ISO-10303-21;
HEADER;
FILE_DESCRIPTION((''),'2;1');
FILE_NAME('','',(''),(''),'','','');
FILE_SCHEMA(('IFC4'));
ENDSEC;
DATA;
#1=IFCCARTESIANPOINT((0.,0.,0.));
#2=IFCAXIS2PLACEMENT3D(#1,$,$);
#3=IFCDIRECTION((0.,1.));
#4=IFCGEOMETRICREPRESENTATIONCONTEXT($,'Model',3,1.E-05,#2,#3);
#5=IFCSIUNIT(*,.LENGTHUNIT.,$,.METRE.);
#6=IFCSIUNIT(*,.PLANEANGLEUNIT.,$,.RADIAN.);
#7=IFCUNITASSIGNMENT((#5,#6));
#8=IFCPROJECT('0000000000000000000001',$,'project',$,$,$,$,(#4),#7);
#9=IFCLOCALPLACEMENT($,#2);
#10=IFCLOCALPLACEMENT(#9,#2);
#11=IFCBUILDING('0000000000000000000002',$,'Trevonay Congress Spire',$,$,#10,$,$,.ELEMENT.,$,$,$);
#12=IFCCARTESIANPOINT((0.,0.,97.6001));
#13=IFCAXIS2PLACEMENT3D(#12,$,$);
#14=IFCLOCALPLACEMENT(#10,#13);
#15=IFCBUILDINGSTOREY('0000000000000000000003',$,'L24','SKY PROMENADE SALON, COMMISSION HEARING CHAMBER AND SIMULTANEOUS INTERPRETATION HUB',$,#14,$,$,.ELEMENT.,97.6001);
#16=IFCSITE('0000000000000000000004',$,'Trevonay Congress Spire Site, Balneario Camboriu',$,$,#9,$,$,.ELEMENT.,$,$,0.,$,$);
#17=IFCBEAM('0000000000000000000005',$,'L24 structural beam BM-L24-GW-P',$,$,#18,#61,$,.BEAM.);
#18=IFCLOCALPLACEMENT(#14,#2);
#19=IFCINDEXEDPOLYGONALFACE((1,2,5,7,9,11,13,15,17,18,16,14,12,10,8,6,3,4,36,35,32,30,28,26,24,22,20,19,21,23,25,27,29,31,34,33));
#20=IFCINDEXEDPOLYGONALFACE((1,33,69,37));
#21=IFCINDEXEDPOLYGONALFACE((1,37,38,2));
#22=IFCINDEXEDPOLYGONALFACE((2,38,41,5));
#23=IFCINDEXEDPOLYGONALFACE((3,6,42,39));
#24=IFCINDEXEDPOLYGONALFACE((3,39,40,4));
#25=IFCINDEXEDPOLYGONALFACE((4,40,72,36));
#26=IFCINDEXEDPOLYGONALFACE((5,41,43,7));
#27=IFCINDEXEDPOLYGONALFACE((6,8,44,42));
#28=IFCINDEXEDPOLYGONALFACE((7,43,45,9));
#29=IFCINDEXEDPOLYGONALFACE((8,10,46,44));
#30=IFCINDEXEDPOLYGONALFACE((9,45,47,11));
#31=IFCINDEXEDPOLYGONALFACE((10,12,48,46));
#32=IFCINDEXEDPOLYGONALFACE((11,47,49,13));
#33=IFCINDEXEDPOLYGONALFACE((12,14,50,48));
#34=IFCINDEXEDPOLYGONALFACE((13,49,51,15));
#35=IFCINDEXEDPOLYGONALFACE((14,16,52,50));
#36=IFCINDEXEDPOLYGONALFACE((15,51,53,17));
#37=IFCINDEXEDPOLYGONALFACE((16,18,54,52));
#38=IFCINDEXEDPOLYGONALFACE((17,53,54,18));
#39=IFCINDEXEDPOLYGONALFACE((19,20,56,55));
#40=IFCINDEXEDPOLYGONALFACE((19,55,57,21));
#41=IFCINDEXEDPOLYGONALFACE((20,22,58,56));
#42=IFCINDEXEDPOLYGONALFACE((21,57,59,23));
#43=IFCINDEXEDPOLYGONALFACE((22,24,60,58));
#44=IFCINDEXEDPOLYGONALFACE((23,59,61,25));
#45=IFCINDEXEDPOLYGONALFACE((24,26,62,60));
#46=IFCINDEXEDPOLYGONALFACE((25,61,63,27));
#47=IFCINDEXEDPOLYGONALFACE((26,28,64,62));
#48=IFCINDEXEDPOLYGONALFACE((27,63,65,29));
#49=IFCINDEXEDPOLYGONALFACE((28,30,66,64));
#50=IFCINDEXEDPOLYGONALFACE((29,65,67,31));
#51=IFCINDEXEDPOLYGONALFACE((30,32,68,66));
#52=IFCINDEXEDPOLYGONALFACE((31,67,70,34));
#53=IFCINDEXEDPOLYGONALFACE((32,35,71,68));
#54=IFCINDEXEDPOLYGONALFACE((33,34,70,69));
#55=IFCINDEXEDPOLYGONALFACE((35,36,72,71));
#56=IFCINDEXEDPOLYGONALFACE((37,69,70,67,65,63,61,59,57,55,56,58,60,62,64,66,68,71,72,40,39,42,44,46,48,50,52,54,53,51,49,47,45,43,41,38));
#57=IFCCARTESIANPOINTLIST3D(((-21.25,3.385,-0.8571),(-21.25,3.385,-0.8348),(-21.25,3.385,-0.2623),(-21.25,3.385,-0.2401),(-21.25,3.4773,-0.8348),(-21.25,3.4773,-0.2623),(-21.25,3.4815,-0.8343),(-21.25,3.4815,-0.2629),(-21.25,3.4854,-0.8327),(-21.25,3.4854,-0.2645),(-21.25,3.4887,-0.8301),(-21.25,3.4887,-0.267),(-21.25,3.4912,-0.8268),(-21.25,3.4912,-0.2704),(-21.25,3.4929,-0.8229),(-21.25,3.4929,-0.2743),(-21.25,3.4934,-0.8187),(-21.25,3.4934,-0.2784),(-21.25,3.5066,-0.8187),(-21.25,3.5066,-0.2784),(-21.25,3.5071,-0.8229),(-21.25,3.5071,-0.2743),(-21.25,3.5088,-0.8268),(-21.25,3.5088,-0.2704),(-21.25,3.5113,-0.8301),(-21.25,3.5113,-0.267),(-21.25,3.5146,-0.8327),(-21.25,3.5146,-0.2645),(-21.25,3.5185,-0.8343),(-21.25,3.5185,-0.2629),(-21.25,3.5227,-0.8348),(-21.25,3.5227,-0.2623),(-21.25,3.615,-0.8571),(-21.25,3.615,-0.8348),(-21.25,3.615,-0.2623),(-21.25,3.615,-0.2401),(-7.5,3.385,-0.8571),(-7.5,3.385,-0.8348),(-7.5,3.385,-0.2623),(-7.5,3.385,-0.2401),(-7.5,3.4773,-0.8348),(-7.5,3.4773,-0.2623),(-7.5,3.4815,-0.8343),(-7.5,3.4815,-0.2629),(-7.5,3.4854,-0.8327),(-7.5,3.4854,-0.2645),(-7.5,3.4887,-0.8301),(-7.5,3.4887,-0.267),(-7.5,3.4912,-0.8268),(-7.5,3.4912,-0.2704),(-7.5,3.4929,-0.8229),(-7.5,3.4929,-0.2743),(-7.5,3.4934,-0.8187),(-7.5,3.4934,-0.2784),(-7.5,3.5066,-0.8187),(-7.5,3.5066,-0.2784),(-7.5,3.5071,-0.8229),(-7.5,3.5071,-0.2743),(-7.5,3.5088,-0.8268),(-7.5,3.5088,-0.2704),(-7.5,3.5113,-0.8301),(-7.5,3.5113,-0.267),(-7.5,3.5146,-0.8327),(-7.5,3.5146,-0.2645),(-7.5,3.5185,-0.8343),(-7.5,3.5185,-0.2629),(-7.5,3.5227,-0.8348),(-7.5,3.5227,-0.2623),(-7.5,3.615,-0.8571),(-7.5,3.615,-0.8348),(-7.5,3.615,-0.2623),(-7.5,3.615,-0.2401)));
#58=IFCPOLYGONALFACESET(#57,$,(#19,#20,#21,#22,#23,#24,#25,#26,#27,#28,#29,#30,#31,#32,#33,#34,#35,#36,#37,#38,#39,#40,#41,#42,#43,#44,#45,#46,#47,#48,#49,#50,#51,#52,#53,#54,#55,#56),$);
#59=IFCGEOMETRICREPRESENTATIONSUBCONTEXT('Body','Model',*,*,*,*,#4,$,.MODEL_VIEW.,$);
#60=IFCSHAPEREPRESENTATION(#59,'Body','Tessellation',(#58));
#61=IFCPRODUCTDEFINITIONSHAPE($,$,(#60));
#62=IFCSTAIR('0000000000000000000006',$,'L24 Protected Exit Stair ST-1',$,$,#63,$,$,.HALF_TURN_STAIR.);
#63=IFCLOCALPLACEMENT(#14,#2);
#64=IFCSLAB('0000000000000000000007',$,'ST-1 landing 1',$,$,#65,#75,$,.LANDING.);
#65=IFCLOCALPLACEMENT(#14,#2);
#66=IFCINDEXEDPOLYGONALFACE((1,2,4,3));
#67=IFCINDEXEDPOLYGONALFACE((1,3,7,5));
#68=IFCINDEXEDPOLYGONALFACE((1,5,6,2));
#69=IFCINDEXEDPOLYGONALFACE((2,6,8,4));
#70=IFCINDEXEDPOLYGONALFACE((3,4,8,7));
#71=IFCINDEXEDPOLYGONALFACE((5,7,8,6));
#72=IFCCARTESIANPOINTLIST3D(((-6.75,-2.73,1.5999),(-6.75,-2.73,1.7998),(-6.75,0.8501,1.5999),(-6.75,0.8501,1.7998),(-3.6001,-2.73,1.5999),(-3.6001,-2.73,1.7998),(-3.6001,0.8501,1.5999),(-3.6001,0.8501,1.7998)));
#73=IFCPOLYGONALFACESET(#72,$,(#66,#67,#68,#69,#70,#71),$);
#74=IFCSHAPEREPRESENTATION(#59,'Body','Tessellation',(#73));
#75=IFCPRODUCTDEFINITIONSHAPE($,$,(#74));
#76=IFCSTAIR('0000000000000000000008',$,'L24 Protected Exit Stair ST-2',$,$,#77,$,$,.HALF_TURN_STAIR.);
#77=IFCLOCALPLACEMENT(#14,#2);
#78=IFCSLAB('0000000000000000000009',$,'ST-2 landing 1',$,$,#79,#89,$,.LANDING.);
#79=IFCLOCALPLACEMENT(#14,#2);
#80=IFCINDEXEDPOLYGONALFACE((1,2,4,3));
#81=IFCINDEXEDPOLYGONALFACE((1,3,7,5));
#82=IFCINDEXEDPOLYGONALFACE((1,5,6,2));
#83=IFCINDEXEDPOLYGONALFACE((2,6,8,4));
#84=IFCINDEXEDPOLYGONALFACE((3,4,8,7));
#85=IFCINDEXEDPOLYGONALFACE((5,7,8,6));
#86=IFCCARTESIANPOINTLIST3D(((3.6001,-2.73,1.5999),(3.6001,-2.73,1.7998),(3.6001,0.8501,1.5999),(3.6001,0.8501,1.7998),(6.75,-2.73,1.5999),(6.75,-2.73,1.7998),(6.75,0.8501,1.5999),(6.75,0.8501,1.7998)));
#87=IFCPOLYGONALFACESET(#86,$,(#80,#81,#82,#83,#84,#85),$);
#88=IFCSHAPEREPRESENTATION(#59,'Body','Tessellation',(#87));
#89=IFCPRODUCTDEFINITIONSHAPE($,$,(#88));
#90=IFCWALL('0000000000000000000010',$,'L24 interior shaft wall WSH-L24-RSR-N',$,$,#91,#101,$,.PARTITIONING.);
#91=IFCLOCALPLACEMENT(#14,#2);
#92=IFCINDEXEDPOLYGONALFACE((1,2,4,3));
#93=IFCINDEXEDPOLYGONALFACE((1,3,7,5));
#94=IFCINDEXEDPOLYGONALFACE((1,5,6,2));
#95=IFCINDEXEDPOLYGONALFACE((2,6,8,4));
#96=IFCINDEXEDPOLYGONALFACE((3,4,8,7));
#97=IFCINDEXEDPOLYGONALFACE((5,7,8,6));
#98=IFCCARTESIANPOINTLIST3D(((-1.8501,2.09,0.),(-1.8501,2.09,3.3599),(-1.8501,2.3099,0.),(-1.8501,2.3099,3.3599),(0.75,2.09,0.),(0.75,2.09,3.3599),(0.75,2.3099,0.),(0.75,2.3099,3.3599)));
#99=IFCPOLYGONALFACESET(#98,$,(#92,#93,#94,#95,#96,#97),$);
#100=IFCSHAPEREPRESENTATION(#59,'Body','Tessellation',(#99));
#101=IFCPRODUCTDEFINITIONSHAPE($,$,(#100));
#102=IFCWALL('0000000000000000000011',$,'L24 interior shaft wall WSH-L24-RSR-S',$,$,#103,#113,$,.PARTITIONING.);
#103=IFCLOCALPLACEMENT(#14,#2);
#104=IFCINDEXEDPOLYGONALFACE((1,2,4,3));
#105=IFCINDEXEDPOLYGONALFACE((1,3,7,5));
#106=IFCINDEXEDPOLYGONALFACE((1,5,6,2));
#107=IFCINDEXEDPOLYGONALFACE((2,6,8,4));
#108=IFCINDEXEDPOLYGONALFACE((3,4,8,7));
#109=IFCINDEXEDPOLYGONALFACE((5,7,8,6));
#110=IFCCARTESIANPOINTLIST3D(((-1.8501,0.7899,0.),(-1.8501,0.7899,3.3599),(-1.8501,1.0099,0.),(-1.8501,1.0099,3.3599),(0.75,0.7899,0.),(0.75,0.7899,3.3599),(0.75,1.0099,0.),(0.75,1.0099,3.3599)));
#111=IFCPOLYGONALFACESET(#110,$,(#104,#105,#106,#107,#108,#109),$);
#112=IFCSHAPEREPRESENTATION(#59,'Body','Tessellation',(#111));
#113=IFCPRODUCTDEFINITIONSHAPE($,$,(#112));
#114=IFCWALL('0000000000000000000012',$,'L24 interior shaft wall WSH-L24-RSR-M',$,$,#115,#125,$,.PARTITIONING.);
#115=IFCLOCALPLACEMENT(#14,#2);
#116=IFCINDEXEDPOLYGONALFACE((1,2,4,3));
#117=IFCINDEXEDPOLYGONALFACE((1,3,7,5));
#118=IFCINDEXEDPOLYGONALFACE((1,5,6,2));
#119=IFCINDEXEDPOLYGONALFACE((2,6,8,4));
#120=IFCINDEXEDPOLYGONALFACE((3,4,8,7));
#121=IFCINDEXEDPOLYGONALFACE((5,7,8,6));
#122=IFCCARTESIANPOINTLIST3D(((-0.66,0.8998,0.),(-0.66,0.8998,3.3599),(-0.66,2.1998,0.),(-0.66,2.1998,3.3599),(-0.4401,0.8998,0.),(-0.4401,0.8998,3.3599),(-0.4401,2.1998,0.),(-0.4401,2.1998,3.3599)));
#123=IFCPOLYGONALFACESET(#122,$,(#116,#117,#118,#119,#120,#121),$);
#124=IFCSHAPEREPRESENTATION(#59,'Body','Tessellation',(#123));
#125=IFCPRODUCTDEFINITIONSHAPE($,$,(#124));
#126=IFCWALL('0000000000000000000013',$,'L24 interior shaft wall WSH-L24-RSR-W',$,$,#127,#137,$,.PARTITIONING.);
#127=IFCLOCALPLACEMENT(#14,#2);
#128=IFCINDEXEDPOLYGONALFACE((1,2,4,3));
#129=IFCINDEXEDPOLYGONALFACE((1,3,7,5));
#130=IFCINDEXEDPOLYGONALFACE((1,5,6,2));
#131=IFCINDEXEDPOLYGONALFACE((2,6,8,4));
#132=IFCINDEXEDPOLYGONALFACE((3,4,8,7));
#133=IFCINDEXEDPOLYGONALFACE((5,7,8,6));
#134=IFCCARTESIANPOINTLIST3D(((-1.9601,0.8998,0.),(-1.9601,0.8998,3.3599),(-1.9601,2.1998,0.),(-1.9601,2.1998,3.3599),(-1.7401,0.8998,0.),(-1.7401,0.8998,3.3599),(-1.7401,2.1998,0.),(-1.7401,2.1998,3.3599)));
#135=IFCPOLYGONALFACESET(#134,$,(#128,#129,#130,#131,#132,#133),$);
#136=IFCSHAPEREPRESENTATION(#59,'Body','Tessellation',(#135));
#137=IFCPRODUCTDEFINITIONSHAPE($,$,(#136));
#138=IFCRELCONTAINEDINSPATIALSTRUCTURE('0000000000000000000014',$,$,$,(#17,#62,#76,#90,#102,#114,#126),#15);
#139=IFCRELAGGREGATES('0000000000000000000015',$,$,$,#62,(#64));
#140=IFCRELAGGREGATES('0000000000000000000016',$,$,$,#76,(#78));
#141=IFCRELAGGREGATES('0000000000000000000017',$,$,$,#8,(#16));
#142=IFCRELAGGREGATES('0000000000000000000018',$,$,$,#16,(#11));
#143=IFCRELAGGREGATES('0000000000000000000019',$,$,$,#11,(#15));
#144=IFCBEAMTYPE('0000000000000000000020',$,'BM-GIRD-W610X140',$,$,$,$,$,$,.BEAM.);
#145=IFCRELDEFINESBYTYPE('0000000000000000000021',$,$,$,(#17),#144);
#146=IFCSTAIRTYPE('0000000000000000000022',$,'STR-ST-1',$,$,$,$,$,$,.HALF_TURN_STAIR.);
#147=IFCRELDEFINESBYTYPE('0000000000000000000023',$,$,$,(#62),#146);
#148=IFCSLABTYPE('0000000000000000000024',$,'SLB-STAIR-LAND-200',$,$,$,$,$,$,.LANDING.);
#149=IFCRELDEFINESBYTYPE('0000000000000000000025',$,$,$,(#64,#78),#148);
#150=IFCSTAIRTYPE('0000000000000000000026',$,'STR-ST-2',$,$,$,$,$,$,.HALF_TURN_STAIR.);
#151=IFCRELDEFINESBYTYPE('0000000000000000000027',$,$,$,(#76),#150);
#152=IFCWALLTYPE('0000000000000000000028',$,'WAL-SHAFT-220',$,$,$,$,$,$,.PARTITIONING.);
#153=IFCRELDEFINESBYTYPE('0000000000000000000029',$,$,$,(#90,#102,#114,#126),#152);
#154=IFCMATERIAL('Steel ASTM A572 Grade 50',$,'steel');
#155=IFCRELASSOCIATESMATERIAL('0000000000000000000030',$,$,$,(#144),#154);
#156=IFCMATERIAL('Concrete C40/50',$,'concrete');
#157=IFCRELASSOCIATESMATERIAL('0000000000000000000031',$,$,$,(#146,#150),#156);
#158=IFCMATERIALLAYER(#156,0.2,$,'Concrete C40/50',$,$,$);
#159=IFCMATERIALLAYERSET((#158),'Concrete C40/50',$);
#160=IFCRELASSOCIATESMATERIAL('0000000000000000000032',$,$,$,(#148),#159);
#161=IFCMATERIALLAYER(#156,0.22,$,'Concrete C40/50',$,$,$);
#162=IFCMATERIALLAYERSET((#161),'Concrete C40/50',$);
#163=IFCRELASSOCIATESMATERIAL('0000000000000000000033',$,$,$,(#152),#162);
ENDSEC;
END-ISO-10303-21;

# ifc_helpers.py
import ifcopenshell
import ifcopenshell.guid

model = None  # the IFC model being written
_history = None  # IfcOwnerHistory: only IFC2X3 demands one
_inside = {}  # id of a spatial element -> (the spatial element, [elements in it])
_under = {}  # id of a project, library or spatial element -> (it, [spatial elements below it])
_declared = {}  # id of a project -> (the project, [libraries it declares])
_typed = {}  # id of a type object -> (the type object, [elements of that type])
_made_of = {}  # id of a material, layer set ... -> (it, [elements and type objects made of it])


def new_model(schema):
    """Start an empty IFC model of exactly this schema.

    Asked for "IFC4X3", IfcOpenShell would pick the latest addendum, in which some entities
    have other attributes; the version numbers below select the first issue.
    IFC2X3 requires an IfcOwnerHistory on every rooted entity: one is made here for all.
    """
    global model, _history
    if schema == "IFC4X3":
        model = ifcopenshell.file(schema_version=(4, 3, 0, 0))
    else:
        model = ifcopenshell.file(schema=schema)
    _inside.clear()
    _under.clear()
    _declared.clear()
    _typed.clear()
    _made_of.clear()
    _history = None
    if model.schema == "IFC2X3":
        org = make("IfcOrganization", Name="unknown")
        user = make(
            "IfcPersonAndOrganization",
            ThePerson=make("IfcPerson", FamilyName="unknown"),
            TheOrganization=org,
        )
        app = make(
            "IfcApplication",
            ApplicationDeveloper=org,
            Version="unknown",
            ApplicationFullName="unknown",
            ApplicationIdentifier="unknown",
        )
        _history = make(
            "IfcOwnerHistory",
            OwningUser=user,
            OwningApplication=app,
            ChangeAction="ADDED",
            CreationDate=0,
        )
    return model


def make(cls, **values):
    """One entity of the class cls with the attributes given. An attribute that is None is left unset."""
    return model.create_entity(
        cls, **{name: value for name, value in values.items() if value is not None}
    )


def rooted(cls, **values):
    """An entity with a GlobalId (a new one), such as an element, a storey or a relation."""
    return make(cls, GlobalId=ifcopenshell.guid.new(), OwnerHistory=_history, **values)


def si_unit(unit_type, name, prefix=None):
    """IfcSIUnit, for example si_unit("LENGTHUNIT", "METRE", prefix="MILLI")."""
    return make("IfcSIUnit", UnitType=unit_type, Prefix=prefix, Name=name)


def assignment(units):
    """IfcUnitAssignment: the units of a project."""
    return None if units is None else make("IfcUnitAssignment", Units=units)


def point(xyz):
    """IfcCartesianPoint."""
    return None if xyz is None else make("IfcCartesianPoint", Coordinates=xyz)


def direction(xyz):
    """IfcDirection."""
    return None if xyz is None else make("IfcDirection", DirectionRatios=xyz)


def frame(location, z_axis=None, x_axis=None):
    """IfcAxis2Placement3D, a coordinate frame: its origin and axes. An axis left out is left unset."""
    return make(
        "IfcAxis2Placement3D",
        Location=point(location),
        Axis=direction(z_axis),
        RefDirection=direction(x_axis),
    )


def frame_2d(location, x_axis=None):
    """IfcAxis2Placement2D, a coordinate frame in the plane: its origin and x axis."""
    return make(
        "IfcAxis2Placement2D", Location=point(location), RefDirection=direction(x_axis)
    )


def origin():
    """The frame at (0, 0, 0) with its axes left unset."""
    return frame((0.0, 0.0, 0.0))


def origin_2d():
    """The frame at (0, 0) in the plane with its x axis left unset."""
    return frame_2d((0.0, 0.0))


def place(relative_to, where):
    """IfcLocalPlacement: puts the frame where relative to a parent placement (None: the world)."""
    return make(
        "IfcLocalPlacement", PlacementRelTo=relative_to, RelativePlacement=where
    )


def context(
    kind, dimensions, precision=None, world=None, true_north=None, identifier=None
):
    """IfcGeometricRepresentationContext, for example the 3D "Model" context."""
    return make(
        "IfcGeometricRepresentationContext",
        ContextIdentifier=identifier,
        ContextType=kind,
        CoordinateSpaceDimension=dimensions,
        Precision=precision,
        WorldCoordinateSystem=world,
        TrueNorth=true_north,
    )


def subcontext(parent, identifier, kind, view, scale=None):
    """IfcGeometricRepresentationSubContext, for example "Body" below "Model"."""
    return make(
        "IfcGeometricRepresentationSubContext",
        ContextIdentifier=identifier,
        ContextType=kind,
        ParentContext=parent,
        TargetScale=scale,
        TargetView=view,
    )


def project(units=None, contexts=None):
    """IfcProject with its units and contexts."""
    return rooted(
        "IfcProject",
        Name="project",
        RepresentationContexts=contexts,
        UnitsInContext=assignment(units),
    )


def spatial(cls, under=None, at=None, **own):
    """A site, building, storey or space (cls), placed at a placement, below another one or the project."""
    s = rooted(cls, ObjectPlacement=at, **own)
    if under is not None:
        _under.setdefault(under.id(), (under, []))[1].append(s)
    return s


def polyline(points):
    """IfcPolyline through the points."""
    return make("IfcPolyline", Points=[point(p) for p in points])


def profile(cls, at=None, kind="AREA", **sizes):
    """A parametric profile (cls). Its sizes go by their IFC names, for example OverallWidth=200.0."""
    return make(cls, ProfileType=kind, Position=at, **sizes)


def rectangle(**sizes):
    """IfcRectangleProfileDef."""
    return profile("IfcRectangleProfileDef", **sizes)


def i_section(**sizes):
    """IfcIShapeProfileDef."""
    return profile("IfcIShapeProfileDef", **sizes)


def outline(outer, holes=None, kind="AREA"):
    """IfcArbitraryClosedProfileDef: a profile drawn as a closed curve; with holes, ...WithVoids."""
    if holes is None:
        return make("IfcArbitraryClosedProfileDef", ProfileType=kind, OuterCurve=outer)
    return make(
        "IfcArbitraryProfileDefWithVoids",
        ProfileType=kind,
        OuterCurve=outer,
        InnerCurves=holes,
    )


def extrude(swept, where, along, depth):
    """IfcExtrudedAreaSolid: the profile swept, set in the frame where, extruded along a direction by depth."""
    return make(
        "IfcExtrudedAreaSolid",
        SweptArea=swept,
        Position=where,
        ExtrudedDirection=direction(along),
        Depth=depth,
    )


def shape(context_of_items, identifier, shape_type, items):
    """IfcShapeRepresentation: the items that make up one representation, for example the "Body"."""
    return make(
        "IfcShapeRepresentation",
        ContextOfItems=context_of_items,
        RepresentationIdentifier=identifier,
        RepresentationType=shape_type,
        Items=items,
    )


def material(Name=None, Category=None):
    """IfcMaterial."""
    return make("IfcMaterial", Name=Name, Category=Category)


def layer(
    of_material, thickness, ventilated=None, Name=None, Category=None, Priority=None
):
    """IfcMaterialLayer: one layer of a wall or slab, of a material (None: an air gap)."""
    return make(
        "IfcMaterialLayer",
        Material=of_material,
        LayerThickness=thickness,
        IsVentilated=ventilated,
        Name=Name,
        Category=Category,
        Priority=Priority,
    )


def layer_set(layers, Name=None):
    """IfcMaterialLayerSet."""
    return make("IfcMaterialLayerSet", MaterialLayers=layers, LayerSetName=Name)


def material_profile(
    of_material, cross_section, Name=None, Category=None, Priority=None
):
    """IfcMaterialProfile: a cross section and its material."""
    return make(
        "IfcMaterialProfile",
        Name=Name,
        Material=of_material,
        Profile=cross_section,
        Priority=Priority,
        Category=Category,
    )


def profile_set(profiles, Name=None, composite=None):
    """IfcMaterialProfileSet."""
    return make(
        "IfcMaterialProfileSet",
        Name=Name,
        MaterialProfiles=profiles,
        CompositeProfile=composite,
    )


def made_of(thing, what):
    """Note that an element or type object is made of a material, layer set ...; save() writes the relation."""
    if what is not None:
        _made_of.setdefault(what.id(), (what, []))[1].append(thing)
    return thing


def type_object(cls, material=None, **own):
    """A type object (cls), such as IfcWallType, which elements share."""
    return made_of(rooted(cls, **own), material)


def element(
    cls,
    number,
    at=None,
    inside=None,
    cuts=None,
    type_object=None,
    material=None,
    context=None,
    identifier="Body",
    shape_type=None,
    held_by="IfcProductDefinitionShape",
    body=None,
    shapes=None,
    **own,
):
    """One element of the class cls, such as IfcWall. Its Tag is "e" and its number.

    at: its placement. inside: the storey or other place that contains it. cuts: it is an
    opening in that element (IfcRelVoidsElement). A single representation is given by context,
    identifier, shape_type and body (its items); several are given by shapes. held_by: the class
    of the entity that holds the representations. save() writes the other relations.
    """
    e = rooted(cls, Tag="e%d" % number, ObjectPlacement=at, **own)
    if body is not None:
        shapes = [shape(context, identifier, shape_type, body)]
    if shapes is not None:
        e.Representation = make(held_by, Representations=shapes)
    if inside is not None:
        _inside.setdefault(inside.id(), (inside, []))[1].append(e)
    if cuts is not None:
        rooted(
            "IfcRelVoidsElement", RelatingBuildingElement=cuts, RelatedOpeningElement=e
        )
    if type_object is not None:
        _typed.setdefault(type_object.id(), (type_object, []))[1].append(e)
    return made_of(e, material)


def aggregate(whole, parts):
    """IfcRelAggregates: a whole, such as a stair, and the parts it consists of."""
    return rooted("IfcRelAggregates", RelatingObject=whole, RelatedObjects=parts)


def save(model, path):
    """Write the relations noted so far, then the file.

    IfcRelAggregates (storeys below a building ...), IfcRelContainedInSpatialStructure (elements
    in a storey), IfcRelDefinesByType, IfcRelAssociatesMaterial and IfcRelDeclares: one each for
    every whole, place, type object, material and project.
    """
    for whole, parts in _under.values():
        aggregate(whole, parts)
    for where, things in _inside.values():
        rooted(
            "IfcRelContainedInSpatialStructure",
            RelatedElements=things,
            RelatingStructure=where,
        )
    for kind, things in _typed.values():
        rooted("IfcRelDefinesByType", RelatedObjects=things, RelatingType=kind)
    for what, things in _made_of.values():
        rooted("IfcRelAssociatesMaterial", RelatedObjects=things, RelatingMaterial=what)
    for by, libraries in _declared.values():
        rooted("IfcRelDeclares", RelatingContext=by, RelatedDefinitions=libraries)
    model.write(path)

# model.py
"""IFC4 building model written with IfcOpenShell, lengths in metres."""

from ifc_helpers import new_model, si_unit, direction, frame, frame_2d, origin, origin_2d, place, context, subcontext, project, spatial, polyline, rectangle, i_section, outline, extrude, material, layer, layer_set, material_profile, profile_set, type_object, element, aggregate, save


model = new_model("IFC4")

# Units and contexts
model_context = context("Model", 3, precision=1e-05, world=origin(), true_north=direction((0.0, 1.0)))
body_context = subcontext(model_context, "Body", "Model", "MODEL_VIEW")
ifc_project = project(units=[si_unit("LENGTHUNIT", "METRE"), si_unit("PLANEANGLEUNIT", "RADIAN")], contexts=[model_context])

# Site, building, storey
site_placement = place(None, origin())
site = spatial("IfcSite", under=ifc_project, at=site_placement, Name="Trevonay Congress Spire Site, Balneario Camboriu", CompositionType="ELEMENT", RefElevation=0.0)
building_placement = place(site_placement, origin())
building = spatial("IfcBuilding", under=site, at=building_placement, Name="Trevonay Congress Spire", CompositionType="ELEMENT")
storey_placement = place(building_placement, frame((0.0, 0.0, 97.6001)))
storey = spatial("IfcBuildingStorey", under=building, at=storey_placement, Name="L24", Description="SKY PROMENADE SALON, COMMISSION HEARING CHAMBER AND SIMULTANEOUS INTERPRETATION HUB", CompositionType="ELEMENT", Elevation=97.6001)

# Beam
ifc_material_1 = material(Name="Steel ASTM A572 Grade 50", Category="steel")
ifc_material_profile = material_profile(ifc_material_1, i_section(OverallWidth=0.23, OverallDepth=0.6169, WebThickness=0.0132, FlangeThickness=0.0222, FilletRadius=0.0161, at=origin_2d()), Name="W610x140")
ifc_profile_set = profile_set([ifc_material_profile], Name="Steel ASTM A572 Grade 50")
beam_type = type_object("IfcBeamType", Name="BM-GIRD-W610X140", PredefinedType="BEAM", material=ifc_profile_set)
beam_placement = place(storey_placement, frame((-7.5, 3.5, -0.5486), z_axis=(-1.0, 0.0, 0.0), x_axis=(0.0, -1.0, 0.0)))
element("IfcBeam", 1, at=beam_placement, inside=storey, type_object=beam_type, Name="L24 structural beam BM-L24-GW-P", PredefinedType="BEAM", context=body_context, shape_type="SweptSolid", body=[
    extrude(i_section(OverallWidth=0.23, OverallDepth=0.6169, WebThickness=0.0132, FlangeThickness=0.0222, FilletRadius=0.0161, at=origin_2d()), origin(), (0.0, 0.0, 1.0), 13.75),
])

# Stairs, slabs
ifc_material_2 = material(Name="Concrete C40/50", Category="concrete")
stair_type_1 = type_object("IfcStairType", Name="STR-ST-1", PredefinedType="HALF_TURN_STAIR", material=ifc_material_2)
stair_1_placement = place(storey_placement, origin())
stair_1 = element("IfcStair", 2, at=stair_1_placement, inside=storey, type_object=stair_type_1, Name="L24 Protected Exit Stair ST-1", PredefinedType="HALF_TURN_STAIR")
ifc_layer_1 = layer(ifc_material_2, 0.2, Name="Concrete C40/50")
ifc_layer_set_1 = layer_set([ifc_layer_1], Name="Concrete C40/50")
slab_type = type_object("IfcSlabType", Name="SLB-STAIR-LAND-200", PredefinedType="LANDING", material=ifc_layer_set_1)
slab_1_placement = place(storey_placement, frame((0.0, 0.0, 1.5999)))
slab_1 = element("IfcSlab", 3, at=slab_1_placement, type_object=slab_type, Name="ST-1 landing 1", PredefinedType="LANDING", context=body_context, shape_type="SweptSolid", body=[
    extrude(outline(polyline([(-3.6001, -2.73), (-3.6001, 0.8501), (-6.75, 0.8501), (-6.75, -2.73), (-3.6001, -2.73)])), origin(), (0.0, 0.0, 1.0), 0.2),
])
aggregate(stair_1, [slab_1])
stair_type_2 = type_object("IfcStairType", Name="STR-ST-2", PredefinedType="HALF_TURN_STAIR", material=ifc_material_2)
stair_2_placement = place(storey_placement, origin())
stair_2 = element("IfcStair", 4, at=stair_2_placement, inside=storey, type_object=stair_type_2, Name="L24 Protected Exit Stair ST-2", PredefinedType="HALF_TURN_STAIR")
slab_2_placement = place(storey_placement, frame((0.0, 0.0, 1.5999)))
slab_2 = element("IfcSlab", 5, at=slab_2_placement, type_object=slab_type, Name="ST-2 landing 1", PredefinedType="LANDING", context=body_context, shape_type="SweptSolid", body=[
    extrude(outline(polyline([(6.75, -2.73), (6.75, 0.8501), (3.6001, 0.8501), (3.6001, -2.73), (6.75, -2.73)])), origin(), (0.0, 0.0, 1.0), 0.2),
])
aggregate(stair_2, [slab_2])

# Walls
ifc_layer_2 = layer(ifc_material_2, 0.22, Name="Concrete C40/50")
ifc_layer_set_2 = layer_set([ifc_layer_2], Name="Concrete C40/50")
wall_type_1 = type_object("IfcWallType", Name="WAL-SHAFT-220", PredefinedType="PARTITIONING", material=ifc_layer_set_2)
for number, where, z_axis, x_axis, name in (
    (6, (-1.8501, 2.2, 0.0), (0.0, 0.0, 1.0), (1.0, 0.0, 0.0), "L24 interior shaft wall WSH-L24-RSR-N"),
    (7, (-1.8501, 0.8999, 0.0), (0.0, 0.0, 1.0), (1.0, 0.0, 0.0), "L24 interior shaft wall WSH-L24-RSR-S"),
):
    element("IfcWall", number, at=place(storey_placement, frame(where, z_axis=z_axis, x_axis=x_axis)), inside=storey, type_object=wall_type_1, Name=name, PredefinedType="PARTITIONING", context=body_context, shape_type="SweptSolid", body=[
        extrude(rectangle(XDim=2.6001, YDim=0.22, at=frame_2d((1.3, 0.0))), origin(), (0.0, 0.0, 1.0), 3.3599),
    ])
for number, where, z_axis, x_axis, name in (
    (8, (-0.55, 0.8999, 0.0), (0.0, 0.0, 1.0), (0.0, 1.0, 0.0), "L24 interior shaft wall WSH-L24-RSR-M"),
    (9, (-1.8501, 0.8999, 0.0), (0.0, 0.0, 1.0), (0.0, 1.0, 0.0), "L24 interior shaft wall WSH-L24-RSR-W"),
):
    element("IfcWall", number, at=place(storey_placement, frame(where, z_axis=z_axis, x_axis=x_axis)), inside=storey, type_object=wall_type_1, Name=name, PredefinedType="PARTITIONING", context=body_context, shape_type="SweptSolid", body=[
        extrude(rectangle(XDim=1.3, YDim=0.22, at=frame_2d((0.6499, 0.0))), origin(), (0.0, 0.0, 1.0), 3.3599),
    ])

save(model, "model.ifc")
